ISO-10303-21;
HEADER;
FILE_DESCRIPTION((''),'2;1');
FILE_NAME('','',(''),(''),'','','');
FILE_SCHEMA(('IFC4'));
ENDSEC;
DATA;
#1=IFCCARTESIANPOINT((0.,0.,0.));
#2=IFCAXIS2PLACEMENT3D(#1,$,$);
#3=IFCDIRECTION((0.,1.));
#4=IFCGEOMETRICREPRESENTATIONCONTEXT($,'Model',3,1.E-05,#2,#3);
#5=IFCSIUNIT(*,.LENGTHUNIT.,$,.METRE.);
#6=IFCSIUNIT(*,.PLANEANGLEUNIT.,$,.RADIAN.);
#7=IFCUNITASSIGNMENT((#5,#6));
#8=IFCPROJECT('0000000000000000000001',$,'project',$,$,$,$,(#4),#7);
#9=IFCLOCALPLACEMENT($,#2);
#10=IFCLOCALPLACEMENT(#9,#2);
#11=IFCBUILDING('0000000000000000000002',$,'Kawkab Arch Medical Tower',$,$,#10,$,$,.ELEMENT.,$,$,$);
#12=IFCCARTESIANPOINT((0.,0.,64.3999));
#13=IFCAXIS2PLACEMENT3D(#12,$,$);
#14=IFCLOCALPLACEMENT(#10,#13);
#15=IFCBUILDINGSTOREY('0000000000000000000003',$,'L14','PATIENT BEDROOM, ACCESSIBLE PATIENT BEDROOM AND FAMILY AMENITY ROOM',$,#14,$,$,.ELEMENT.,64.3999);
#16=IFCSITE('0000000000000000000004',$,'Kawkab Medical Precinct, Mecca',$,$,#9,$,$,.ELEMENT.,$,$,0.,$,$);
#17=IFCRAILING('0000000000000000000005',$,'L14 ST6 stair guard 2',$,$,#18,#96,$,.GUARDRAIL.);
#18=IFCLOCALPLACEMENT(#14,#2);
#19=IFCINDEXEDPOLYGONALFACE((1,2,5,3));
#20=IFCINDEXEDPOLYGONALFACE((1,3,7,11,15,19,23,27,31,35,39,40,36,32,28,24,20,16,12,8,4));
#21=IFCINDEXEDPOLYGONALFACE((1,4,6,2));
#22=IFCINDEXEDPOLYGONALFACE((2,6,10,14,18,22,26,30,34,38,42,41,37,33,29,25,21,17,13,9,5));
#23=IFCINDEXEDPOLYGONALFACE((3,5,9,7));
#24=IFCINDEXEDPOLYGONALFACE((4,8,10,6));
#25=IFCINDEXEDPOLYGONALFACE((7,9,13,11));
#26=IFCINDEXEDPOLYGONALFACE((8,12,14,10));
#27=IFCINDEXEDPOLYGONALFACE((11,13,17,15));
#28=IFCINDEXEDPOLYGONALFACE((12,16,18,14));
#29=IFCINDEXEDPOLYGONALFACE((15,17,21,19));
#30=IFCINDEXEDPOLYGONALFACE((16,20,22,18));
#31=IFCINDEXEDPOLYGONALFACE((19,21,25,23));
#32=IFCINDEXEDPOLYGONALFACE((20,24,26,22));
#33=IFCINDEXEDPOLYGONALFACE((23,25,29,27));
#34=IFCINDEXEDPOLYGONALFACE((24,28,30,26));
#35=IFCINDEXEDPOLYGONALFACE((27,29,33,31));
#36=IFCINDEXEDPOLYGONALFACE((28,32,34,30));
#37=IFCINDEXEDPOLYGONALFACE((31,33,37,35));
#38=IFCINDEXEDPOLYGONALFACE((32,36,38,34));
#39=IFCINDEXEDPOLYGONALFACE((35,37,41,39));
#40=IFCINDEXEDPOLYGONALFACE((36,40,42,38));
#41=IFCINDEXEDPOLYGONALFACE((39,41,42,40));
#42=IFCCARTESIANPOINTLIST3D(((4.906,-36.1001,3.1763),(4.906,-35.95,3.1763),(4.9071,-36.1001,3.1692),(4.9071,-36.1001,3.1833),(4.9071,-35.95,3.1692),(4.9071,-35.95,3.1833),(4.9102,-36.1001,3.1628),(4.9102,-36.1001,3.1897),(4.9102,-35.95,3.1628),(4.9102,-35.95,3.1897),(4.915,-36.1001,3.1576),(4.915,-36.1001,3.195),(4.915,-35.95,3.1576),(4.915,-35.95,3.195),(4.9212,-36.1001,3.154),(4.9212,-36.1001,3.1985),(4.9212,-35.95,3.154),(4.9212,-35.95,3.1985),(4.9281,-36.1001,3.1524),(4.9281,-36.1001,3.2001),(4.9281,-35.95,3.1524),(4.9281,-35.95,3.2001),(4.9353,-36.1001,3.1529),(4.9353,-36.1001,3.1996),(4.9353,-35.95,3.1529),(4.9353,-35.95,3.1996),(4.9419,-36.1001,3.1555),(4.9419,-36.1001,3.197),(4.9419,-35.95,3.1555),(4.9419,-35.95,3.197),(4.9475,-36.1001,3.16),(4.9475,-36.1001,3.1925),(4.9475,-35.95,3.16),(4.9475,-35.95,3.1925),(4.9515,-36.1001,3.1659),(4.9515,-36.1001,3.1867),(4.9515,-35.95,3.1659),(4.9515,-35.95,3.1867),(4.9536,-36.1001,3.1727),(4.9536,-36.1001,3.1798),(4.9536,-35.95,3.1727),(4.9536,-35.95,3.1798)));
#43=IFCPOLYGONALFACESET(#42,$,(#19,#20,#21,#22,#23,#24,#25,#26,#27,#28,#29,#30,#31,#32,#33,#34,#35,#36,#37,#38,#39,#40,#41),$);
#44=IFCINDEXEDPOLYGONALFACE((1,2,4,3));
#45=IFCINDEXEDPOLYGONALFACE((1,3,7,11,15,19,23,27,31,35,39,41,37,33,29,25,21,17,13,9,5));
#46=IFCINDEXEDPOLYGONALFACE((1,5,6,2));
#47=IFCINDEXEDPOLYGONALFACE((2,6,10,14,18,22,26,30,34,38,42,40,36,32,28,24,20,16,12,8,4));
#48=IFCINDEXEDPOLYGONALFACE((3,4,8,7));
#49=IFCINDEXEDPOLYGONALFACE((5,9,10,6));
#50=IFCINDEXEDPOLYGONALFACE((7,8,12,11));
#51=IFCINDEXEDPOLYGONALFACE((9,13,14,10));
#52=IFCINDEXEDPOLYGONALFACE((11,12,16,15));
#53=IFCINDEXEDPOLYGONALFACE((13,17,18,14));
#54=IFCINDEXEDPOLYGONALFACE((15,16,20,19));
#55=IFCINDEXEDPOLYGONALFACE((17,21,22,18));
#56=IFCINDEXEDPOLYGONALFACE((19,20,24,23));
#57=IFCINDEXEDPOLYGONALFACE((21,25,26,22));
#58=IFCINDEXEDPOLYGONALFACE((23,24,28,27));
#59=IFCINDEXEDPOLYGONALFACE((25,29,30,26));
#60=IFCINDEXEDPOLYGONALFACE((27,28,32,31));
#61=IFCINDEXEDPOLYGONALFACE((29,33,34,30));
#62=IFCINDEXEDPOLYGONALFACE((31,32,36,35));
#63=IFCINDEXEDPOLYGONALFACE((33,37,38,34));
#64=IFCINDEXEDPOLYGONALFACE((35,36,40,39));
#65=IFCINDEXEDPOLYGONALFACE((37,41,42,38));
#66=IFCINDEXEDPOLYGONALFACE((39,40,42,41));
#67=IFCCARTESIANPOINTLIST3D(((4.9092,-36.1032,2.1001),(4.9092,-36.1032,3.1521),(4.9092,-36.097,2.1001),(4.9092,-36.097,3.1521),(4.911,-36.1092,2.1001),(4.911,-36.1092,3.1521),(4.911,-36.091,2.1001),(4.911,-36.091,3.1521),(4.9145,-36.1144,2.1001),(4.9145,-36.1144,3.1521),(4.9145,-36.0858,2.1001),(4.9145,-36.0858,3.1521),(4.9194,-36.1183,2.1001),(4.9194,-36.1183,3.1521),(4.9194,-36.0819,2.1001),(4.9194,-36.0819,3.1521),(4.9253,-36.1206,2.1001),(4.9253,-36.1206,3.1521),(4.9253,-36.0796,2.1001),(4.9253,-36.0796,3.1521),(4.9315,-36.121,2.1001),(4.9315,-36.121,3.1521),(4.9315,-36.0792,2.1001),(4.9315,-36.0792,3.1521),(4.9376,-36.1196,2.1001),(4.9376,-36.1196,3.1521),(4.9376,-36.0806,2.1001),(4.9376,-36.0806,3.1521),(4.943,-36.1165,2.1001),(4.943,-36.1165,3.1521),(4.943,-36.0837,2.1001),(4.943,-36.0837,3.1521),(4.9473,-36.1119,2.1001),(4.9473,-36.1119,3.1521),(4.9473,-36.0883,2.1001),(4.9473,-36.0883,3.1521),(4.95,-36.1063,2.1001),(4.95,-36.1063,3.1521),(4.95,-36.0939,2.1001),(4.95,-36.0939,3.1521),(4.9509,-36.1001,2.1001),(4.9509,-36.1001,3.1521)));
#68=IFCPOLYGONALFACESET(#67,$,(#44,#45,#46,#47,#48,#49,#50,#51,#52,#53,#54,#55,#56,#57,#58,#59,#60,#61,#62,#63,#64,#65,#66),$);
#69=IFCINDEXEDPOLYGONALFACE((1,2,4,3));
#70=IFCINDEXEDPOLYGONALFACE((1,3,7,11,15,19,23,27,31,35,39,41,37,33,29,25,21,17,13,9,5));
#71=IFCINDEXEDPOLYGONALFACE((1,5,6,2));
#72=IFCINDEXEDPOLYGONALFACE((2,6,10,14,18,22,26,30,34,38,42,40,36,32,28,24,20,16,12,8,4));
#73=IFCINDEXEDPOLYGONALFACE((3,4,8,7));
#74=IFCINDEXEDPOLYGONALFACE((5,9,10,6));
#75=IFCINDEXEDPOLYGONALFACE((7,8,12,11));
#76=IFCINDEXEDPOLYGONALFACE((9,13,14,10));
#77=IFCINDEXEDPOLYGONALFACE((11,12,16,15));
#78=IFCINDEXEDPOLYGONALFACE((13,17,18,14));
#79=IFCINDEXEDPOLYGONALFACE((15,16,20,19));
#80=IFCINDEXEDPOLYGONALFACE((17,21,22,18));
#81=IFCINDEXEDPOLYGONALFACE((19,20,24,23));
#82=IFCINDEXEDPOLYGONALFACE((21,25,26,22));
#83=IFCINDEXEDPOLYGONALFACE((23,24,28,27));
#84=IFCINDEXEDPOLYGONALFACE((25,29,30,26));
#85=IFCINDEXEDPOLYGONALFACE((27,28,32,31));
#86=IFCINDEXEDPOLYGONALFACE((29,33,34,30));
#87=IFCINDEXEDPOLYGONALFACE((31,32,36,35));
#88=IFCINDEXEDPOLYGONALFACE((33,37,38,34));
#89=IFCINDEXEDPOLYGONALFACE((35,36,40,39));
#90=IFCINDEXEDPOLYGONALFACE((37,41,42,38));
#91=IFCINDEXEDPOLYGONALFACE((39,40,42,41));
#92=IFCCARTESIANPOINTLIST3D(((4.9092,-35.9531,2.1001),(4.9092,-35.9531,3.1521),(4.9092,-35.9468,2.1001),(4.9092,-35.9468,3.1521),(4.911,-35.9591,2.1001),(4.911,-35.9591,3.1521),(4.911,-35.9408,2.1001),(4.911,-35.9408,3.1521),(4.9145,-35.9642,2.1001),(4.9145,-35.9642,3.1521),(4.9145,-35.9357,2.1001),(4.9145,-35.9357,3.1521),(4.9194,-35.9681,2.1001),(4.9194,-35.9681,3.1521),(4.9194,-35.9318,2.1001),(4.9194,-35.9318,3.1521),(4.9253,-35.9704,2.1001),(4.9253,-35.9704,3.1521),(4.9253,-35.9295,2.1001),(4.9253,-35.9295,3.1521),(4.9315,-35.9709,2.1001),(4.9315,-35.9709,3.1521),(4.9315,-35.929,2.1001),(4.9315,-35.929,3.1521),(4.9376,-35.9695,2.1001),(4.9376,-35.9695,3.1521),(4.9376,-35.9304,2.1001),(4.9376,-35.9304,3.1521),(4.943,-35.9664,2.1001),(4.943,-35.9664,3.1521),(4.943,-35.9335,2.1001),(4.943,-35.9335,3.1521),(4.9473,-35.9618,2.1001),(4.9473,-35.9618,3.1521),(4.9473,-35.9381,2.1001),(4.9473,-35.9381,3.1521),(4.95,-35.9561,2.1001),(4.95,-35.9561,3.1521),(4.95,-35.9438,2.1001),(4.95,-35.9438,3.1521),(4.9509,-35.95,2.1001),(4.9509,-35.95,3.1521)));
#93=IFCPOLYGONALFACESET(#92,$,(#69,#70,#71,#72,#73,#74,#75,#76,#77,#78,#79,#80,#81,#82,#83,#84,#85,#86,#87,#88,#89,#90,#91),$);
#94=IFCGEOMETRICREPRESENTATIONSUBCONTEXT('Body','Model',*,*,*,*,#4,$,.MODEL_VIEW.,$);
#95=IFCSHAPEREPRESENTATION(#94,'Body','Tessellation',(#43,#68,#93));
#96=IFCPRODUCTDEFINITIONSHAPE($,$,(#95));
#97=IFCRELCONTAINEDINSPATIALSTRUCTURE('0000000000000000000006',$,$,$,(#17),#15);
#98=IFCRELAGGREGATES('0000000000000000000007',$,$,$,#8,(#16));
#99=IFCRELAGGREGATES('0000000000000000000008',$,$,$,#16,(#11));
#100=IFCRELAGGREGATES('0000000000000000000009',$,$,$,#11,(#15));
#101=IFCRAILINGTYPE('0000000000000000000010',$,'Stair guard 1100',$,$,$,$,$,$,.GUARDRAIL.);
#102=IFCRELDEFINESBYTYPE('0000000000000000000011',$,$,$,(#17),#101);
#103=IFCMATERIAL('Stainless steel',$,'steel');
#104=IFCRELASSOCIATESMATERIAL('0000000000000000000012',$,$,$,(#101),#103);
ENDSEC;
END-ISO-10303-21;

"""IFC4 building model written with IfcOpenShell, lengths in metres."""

from ifc_helpers import new_model, si_unit, direction, frame, origin, origin_2d, place, context, subcontext, project, spatial, circle, extrude, material, type_object, element, save


model = new_model("IFC4")

# Units and contexts
model_context = context("Model", 3, precision=1e-05, world=origin(), true_north=direction((0.0, 1.0)))
body_context = subcontext(model_context, "Body", "Model", "MODEL_VIEW")
ifc_project = project(units=[si_unit("LENGTHUNIT", "METRE"), si_unit("PLANEANGLEUNIT", "RADIAN")], contexts=[model_context])

# Site, building, storey
site_placement = place(None, origin())
site = spatial("IfcSite", under=ifc_project, at=site_placement, Name="Kawkab Medical Precinct, Mecca", CompositionType="ELEMENT", RefElevation=0.0)
building_placement = place(site_placement, origin())
building = spatial("IfcBuilding", under=site, at=building_placement, Name="Kawkab Arch Medical Tower", CompositionType="ELEMENT")
storey_placement = place(building_placement, frame((0.0, 0.0, 64.3999)))
storey = spatial("IfcBuildingStorey", under=building, at=storey_placement, Name="L14", Description="PATIENT BEDROOM, ACCESSIBLE PATIENT BEDROOM AND FAMILY AMENITY ROOM", CompositionType="ELEMENT", Elevation=64.3999)

# Railing
ifc_material_1 = material(Name="Stainless steel", Category="steel")
railing_type = type_object("IfcRailingType", Name="Stair guard 1100", PredefinedType="GUARDRAIL", material=ifc_material_1)
railing_1_placement = place(storey_placement, frame((4.9299, -36.1001, 2.1001)))
element("IfcRailing", 1, at=railing_1_placement, inside=storey, type_object=railing_type, Name="L14 ST6 stair guard 2", PredefinedType="GUARDRAIL", context=body_context, shape_type="SweptSolid", body=[
    extrude(circle(Radius=0.0239, at=origin_2d()), frame((0.0, 0.0, 1.0762), z_axis=(0.0, 1.0, 0.0), x_axis=(-1.0, 0.0, 0.0)), (0.0, 0.0, 1.0), 0.1501),
    extrude(circle(Radius=0.021, at=origin_2d()), origin(), (0.0, 0.0, 1.0), 1.052),
    extrude(circle(Radius=0.021, at=origin_2d()), frame((0.0, 0.1501, 0.0)), (0.0, 0.0, 1.0), 1.052),
])

save(model, "model.ifc")
